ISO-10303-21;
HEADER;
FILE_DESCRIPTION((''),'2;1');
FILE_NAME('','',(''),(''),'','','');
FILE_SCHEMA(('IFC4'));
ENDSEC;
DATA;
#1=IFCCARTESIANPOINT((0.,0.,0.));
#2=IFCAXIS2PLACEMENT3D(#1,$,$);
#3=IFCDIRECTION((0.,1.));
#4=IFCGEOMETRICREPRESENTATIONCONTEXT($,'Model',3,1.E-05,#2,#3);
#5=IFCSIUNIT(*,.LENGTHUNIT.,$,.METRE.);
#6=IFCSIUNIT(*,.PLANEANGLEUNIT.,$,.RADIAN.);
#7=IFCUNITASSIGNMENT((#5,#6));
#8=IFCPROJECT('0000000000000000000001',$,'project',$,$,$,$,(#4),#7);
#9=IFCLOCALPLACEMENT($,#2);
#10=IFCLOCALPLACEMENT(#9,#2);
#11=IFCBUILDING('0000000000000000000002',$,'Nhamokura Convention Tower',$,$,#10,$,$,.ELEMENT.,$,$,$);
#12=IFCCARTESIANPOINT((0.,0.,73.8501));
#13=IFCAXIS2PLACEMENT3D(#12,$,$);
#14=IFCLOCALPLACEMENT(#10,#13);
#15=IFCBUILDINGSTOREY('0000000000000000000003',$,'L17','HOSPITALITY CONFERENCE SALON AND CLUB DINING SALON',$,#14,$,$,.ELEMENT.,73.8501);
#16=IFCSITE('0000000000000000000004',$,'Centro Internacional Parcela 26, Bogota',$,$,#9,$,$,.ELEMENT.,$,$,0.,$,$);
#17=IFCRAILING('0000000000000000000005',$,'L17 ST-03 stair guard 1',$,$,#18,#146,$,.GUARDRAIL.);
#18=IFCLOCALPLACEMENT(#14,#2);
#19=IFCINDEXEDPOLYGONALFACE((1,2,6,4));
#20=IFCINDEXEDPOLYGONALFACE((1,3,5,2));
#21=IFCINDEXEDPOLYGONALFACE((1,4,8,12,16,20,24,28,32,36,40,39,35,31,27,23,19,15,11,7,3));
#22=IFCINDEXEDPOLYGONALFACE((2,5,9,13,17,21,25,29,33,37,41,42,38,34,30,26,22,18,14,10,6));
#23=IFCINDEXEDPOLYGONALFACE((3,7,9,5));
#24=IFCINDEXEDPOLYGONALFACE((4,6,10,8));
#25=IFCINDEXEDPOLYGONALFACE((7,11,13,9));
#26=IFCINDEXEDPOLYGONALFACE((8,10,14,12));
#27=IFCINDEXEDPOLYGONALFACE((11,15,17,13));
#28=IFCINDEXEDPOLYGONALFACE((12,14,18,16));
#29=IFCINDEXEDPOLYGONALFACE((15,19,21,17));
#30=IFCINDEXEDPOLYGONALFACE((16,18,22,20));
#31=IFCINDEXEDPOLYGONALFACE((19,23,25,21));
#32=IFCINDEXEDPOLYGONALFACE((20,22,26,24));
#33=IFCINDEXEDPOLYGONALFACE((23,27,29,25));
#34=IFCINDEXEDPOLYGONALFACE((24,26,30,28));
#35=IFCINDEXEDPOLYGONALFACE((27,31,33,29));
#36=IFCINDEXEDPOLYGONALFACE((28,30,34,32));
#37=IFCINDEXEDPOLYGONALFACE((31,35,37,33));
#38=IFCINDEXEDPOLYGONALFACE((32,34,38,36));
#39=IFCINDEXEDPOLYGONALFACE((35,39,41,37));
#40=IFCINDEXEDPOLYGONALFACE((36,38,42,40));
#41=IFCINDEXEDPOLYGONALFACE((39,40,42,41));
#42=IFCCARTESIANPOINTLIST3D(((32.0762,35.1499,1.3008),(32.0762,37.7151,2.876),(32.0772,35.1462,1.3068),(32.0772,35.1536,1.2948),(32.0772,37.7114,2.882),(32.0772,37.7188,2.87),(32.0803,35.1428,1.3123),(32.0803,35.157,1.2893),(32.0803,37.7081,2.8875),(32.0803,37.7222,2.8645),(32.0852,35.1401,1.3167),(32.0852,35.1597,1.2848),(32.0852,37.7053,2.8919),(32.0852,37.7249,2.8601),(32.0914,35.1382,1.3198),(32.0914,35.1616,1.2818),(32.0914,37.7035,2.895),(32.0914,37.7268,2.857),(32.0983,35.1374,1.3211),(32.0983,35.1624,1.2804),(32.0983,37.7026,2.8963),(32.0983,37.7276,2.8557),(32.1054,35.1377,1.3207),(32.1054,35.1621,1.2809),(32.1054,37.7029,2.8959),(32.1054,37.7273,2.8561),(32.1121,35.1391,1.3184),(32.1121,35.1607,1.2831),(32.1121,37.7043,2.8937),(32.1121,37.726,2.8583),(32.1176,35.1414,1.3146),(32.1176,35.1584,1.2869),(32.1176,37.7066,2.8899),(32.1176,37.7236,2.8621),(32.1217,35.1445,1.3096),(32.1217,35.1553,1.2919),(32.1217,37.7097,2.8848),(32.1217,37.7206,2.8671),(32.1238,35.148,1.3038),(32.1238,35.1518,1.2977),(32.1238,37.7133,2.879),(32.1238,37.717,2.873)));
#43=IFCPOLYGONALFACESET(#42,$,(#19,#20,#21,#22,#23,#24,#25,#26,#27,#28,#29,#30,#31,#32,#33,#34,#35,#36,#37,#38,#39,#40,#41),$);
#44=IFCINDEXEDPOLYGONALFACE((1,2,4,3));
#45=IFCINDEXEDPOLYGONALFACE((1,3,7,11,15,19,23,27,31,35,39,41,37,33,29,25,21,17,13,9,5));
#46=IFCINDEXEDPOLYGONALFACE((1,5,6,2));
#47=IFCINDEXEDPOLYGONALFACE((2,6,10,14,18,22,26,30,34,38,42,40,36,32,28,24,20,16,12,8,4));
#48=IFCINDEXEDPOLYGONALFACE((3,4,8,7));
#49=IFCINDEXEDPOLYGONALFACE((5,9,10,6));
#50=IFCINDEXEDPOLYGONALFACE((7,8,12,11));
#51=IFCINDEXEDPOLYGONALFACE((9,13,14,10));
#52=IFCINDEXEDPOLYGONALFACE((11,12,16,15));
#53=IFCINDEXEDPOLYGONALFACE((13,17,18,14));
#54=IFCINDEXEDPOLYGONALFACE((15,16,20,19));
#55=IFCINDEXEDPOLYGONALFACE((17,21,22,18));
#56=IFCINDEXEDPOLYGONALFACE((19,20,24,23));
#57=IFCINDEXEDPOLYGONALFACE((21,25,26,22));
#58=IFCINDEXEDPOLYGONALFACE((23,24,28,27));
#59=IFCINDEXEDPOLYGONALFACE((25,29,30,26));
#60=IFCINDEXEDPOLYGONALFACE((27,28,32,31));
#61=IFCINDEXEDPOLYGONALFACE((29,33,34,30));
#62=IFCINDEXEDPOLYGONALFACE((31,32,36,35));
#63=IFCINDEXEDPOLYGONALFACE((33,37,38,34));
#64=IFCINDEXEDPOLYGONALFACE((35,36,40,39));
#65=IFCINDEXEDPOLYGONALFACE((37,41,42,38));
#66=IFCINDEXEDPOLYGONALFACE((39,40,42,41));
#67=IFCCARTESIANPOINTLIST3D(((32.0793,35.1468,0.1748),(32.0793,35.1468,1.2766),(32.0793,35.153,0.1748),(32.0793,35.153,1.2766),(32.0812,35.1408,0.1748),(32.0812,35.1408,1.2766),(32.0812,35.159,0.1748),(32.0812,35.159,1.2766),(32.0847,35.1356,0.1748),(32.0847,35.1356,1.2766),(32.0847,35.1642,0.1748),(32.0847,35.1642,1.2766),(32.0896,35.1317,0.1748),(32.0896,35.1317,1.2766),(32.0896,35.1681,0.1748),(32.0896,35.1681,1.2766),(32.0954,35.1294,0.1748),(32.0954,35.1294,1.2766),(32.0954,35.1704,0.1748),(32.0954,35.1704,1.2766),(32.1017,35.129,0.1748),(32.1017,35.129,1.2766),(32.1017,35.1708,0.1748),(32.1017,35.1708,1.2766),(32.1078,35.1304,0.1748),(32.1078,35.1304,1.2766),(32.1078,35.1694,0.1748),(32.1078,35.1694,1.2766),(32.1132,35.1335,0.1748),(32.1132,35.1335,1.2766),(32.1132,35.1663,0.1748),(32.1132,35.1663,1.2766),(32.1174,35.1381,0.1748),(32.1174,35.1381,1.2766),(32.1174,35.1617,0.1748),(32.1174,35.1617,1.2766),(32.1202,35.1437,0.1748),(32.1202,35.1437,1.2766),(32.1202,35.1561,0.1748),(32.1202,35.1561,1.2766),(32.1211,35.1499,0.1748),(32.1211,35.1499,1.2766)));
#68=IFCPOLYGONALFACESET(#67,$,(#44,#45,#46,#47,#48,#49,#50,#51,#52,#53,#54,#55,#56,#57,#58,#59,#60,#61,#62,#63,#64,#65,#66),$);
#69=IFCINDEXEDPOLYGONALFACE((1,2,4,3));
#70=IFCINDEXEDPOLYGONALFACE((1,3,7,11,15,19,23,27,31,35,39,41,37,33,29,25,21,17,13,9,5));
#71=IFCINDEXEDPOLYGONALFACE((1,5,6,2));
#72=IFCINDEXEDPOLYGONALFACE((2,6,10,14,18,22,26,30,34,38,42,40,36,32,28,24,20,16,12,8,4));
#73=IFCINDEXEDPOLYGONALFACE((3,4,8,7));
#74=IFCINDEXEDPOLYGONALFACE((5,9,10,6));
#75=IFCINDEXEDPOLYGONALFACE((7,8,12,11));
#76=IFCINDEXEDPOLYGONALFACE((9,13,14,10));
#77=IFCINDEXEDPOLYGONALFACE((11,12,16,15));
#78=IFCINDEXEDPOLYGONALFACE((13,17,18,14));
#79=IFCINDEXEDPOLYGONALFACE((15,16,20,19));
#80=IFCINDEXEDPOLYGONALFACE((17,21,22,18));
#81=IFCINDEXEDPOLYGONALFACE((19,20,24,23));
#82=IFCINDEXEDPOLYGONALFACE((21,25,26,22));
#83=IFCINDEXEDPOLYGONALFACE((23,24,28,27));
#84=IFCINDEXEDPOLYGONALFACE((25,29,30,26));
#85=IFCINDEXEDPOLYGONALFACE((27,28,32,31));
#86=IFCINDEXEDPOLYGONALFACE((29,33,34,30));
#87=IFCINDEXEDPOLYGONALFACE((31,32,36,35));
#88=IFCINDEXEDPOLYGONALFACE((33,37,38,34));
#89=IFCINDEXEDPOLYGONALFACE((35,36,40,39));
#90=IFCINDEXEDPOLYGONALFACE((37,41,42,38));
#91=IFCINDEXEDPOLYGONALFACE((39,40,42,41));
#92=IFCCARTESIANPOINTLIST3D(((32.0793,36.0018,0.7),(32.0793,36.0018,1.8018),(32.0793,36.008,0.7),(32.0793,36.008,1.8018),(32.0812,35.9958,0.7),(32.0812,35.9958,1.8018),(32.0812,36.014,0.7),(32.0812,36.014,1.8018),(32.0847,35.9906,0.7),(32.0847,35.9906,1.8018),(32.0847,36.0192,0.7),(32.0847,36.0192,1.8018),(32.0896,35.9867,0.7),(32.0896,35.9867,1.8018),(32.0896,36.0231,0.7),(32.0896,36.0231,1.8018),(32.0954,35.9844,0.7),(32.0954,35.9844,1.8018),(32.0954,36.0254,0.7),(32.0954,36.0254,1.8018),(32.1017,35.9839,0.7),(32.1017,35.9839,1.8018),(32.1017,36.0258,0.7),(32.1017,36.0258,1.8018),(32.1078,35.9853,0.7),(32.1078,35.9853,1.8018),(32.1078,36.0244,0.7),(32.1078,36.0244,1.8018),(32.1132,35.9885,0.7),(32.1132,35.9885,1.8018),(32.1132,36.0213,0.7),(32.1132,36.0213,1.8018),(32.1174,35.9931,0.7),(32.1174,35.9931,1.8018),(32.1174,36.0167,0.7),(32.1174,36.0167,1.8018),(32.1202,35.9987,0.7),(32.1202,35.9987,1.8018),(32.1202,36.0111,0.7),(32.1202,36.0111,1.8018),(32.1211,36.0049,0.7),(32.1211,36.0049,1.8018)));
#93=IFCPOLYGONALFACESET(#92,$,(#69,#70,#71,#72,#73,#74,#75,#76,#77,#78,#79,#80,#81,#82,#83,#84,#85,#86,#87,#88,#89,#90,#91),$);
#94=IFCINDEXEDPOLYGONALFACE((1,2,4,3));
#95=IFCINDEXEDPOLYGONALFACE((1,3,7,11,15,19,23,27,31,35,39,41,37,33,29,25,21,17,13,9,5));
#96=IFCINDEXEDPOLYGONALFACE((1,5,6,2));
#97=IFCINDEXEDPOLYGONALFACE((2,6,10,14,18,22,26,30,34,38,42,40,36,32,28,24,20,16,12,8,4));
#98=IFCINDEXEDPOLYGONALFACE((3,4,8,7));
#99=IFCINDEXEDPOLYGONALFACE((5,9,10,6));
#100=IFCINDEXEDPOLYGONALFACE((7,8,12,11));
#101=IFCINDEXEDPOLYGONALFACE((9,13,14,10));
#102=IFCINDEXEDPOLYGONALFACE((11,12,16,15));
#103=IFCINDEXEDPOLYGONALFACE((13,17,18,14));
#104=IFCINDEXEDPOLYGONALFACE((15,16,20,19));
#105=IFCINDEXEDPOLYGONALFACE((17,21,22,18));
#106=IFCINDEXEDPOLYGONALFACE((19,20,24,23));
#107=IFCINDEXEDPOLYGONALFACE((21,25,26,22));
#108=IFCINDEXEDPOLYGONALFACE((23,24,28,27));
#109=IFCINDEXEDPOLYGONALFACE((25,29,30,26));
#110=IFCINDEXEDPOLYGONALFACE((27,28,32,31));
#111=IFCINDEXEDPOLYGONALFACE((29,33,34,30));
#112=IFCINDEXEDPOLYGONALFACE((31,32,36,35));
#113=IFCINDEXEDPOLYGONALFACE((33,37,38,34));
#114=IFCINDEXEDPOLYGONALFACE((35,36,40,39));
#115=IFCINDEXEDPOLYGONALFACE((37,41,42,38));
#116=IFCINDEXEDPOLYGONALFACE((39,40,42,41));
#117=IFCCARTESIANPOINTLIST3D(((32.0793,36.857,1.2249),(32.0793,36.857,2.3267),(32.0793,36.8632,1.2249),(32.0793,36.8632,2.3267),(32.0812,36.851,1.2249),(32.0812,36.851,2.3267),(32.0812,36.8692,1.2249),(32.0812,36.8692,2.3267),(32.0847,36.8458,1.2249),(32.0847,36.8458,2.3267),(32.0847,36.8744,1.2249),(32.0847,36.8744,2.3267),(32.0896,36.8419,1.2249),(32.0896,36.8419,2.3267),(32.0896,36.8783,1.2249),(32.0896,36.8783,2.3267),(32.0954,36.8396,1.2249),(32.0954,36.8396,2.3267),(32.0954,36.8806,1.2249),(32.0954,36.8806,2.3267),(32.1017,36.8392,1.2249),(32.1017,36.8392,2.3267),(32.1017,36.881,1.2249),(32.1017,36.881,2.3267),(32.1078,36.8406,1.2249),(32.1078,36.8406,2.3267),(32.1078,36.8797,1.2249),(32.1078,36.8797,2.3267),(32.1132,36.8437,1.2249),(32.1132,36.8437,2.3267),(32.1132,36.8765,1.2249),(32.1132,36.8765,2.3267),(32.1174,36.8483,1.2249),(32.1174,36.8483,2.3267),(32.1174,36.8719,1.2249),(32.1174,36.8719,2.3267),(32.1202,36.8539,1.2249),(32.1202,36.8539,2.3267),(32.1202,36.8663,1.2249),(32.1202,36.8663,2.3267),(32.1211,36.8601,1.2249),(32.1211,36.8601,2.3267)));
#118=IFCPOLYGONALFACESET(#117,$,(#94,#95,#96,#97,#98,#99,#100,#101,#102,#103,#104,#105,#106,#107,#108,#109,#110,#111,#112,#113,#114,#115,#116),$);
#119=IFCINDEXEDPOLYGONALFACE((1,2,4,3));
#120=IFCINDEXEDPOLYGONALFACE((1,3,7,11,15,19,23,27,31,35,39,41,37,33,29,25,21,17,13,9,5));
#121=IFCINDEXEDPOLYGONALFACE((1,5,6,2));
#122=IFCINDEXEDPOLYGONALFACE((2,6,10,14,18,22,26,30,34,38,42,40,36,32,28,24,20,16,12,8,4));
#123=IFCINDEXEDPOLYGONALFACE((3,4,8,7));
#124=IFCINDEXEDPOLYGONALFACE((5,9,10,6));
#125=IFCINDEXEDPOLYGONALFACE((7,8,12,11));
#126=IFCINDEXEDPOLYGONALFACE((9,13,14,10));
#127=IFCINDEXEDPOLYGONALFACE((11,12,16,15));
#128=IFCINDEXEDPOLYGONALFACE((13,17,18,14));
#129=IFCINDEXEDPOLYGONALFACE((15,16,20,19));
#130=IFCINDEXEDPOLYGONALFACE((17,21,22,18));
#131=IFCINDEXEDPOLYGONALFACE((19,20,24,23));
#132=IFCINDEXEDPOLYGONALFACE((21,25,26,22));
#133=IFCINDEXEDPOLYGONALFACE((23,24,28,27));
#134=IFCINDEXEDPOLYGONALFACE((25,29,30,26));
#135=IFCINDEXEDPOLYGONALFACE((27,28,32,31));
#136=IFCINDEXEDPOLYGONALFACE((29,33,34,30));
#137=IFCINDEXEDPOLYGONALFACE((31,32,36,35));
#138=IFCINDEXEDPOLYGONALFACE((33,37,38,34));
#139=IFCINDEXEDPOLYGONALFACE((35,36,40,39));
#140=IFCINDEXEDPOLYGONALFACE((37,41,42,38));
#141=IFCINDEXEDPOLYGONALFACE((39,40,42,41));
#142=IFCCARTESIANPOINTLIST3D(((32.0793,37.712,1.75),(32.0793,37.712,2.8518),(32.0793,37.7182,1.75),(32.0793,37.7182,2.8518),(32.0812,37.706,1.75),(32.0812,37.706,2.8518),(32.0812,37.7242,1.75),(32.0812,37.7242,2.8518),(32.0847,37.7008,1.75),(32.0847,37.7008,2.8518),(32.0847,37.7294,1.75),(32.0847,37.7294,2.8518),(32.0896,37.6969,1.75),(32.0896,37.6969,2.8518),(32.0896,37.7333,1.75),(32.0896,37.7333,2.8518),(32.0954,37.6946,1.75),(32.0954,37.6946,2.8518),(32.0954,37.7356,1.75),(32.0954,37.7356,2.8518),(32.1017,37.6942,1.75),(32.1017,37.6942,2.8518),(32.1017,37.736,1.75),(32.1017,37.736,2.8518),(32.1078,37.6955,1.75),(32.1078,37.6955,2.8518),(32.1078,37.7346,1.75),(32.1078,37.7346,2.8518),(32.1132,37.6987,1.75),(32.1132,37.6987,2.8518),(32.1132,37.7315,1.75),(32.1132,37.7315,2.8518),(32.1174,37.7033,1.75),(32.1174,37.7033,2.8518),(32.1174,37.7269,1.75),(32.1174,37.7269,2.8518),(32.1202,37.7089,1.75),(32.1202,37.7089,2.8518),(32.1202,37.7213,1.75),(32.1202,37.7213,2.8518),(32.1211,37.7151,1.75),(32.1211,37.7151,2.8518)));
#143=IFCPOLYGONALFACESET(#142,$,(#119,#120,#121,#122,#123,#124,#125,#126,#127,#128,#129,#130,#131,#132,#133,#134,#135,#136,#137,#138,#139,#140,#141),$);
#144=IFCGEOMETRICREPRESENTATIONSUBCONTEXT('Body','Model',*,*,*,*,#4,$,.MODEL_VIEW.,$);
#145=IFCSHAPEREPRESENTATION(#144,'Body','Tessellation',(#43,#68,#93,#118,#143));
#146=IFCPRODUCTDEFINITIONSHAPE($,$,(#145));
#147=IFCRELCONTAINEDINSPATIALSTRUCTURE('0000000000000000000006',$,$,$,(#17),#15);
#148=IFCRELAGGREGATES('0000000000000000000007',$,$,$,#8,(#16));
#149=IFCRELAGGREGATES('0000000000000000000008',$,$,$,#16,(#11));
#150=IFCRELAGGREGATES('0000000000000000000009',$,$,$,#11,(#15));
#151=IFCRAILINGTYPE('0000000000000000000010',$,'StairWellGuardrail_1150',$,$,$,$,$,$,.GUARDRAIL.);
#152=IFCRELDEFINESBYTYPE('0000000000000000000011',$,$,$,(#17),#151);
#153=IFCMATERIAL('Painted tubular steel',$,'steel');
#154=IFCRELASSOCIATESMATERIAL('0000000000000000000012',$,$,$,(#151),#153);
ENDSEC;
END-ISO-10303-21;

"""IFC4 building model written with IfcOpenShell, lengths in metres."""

from ifc_helpers import new_model, si_unit, direction, frame, origin, origin_2d, place, context, subcontext, project, spatial, circle, extrude, material, type_object, element, save


model = new_model("IFC4")

# Units and contexts
model_context = context("Model", 3, precision=1e-05, world=origin(), true_north=direction((0.0, 1.0)))
body_context = subcontext(model_context, "Body", "Model", "MODEL_VIEW")
ifc_project = project(units=[si_unit("LENGTHUNIT", "METRE"), si_unit("PLANEANGLEUNIT", "RADIAN")], contexts=[model_context])

# Site, building, storey
site_placement = place(None, origin())
site = spatial("IfcSite", under=ifc_project, at=site_placement, Name="Centro Internacional Parcela 26, Bogota", CompositionType="ELEMENT", RefElevation=0.0)
building_placement = place(site_placement, origin())
building = spatial("IfcBuilding", under=site, at=building_placement, Name="Nhamokura Convention Tower", CompositionType="ELEMENT")
storey_placement = place(building_placement, frame((0.0, 0.0, 73.8501)))
storey = spatial("IfcBuildingStorey", under=building, at=storey_placement, Name="L17", Description="HOSPITALITY CONFERENCE SALON AND CLUB DINING SALON", CompositionType="ELEMENT", Elevation=73.8501)

# Railing
ifc_material_1 = material(Name="Painted tubular steel", Category="steel")
railing_type_1 = type_object("IfcRailingType", Name="StairWellGuardrail_1150", PredefinedType="GUARDRAIL", material=ifc_material_1)
railing_1_placement = place(storey_placement, frame((32.1001, 35.1499, 0.1748)))
element("IfcRailing", 1, at=railing_1_placement, inside=storey, type_object=railing_type_1, Name="L17 ST-03 stair guard 1", PredefinedType="GUARDRAIL", context=body_context, shape_type="SweptSolid", body=[
    extrude(circle(Radius=0.0239, at=origin_2d()), frame((0.0, 0.0, 1.126), z_axis=(0.0, 0.852159, 0.523283), x_axis=(-1.0, 0.0, 0.0)), (0.0, 0.0, 1.0), 3.0103),
    extrude(circle(Radius=0.021, at=origin_2d()), origin(), (0.0, 0.0, 1.0), 1.1018),
    extrude(circle(Radius=0.021, at=origin_2d()), frame((0.0, 0.855, 0.5251)), (0.0, 0.0, 1.0), 1.1018),
    extrude(circle(Radius=0.021, at=origin_2d()), frame((0.0, 1.7102, 1.05)), (0.0, 0.0, 1.0), 1.1018),
    extrude(circle(Radius=0.021, at=origin_2d()), frame((0.0, 2.5652, 1.5752)), (0.0, 0.0, 1.0), 1.1018),
])

save(model, "model.ifc")
